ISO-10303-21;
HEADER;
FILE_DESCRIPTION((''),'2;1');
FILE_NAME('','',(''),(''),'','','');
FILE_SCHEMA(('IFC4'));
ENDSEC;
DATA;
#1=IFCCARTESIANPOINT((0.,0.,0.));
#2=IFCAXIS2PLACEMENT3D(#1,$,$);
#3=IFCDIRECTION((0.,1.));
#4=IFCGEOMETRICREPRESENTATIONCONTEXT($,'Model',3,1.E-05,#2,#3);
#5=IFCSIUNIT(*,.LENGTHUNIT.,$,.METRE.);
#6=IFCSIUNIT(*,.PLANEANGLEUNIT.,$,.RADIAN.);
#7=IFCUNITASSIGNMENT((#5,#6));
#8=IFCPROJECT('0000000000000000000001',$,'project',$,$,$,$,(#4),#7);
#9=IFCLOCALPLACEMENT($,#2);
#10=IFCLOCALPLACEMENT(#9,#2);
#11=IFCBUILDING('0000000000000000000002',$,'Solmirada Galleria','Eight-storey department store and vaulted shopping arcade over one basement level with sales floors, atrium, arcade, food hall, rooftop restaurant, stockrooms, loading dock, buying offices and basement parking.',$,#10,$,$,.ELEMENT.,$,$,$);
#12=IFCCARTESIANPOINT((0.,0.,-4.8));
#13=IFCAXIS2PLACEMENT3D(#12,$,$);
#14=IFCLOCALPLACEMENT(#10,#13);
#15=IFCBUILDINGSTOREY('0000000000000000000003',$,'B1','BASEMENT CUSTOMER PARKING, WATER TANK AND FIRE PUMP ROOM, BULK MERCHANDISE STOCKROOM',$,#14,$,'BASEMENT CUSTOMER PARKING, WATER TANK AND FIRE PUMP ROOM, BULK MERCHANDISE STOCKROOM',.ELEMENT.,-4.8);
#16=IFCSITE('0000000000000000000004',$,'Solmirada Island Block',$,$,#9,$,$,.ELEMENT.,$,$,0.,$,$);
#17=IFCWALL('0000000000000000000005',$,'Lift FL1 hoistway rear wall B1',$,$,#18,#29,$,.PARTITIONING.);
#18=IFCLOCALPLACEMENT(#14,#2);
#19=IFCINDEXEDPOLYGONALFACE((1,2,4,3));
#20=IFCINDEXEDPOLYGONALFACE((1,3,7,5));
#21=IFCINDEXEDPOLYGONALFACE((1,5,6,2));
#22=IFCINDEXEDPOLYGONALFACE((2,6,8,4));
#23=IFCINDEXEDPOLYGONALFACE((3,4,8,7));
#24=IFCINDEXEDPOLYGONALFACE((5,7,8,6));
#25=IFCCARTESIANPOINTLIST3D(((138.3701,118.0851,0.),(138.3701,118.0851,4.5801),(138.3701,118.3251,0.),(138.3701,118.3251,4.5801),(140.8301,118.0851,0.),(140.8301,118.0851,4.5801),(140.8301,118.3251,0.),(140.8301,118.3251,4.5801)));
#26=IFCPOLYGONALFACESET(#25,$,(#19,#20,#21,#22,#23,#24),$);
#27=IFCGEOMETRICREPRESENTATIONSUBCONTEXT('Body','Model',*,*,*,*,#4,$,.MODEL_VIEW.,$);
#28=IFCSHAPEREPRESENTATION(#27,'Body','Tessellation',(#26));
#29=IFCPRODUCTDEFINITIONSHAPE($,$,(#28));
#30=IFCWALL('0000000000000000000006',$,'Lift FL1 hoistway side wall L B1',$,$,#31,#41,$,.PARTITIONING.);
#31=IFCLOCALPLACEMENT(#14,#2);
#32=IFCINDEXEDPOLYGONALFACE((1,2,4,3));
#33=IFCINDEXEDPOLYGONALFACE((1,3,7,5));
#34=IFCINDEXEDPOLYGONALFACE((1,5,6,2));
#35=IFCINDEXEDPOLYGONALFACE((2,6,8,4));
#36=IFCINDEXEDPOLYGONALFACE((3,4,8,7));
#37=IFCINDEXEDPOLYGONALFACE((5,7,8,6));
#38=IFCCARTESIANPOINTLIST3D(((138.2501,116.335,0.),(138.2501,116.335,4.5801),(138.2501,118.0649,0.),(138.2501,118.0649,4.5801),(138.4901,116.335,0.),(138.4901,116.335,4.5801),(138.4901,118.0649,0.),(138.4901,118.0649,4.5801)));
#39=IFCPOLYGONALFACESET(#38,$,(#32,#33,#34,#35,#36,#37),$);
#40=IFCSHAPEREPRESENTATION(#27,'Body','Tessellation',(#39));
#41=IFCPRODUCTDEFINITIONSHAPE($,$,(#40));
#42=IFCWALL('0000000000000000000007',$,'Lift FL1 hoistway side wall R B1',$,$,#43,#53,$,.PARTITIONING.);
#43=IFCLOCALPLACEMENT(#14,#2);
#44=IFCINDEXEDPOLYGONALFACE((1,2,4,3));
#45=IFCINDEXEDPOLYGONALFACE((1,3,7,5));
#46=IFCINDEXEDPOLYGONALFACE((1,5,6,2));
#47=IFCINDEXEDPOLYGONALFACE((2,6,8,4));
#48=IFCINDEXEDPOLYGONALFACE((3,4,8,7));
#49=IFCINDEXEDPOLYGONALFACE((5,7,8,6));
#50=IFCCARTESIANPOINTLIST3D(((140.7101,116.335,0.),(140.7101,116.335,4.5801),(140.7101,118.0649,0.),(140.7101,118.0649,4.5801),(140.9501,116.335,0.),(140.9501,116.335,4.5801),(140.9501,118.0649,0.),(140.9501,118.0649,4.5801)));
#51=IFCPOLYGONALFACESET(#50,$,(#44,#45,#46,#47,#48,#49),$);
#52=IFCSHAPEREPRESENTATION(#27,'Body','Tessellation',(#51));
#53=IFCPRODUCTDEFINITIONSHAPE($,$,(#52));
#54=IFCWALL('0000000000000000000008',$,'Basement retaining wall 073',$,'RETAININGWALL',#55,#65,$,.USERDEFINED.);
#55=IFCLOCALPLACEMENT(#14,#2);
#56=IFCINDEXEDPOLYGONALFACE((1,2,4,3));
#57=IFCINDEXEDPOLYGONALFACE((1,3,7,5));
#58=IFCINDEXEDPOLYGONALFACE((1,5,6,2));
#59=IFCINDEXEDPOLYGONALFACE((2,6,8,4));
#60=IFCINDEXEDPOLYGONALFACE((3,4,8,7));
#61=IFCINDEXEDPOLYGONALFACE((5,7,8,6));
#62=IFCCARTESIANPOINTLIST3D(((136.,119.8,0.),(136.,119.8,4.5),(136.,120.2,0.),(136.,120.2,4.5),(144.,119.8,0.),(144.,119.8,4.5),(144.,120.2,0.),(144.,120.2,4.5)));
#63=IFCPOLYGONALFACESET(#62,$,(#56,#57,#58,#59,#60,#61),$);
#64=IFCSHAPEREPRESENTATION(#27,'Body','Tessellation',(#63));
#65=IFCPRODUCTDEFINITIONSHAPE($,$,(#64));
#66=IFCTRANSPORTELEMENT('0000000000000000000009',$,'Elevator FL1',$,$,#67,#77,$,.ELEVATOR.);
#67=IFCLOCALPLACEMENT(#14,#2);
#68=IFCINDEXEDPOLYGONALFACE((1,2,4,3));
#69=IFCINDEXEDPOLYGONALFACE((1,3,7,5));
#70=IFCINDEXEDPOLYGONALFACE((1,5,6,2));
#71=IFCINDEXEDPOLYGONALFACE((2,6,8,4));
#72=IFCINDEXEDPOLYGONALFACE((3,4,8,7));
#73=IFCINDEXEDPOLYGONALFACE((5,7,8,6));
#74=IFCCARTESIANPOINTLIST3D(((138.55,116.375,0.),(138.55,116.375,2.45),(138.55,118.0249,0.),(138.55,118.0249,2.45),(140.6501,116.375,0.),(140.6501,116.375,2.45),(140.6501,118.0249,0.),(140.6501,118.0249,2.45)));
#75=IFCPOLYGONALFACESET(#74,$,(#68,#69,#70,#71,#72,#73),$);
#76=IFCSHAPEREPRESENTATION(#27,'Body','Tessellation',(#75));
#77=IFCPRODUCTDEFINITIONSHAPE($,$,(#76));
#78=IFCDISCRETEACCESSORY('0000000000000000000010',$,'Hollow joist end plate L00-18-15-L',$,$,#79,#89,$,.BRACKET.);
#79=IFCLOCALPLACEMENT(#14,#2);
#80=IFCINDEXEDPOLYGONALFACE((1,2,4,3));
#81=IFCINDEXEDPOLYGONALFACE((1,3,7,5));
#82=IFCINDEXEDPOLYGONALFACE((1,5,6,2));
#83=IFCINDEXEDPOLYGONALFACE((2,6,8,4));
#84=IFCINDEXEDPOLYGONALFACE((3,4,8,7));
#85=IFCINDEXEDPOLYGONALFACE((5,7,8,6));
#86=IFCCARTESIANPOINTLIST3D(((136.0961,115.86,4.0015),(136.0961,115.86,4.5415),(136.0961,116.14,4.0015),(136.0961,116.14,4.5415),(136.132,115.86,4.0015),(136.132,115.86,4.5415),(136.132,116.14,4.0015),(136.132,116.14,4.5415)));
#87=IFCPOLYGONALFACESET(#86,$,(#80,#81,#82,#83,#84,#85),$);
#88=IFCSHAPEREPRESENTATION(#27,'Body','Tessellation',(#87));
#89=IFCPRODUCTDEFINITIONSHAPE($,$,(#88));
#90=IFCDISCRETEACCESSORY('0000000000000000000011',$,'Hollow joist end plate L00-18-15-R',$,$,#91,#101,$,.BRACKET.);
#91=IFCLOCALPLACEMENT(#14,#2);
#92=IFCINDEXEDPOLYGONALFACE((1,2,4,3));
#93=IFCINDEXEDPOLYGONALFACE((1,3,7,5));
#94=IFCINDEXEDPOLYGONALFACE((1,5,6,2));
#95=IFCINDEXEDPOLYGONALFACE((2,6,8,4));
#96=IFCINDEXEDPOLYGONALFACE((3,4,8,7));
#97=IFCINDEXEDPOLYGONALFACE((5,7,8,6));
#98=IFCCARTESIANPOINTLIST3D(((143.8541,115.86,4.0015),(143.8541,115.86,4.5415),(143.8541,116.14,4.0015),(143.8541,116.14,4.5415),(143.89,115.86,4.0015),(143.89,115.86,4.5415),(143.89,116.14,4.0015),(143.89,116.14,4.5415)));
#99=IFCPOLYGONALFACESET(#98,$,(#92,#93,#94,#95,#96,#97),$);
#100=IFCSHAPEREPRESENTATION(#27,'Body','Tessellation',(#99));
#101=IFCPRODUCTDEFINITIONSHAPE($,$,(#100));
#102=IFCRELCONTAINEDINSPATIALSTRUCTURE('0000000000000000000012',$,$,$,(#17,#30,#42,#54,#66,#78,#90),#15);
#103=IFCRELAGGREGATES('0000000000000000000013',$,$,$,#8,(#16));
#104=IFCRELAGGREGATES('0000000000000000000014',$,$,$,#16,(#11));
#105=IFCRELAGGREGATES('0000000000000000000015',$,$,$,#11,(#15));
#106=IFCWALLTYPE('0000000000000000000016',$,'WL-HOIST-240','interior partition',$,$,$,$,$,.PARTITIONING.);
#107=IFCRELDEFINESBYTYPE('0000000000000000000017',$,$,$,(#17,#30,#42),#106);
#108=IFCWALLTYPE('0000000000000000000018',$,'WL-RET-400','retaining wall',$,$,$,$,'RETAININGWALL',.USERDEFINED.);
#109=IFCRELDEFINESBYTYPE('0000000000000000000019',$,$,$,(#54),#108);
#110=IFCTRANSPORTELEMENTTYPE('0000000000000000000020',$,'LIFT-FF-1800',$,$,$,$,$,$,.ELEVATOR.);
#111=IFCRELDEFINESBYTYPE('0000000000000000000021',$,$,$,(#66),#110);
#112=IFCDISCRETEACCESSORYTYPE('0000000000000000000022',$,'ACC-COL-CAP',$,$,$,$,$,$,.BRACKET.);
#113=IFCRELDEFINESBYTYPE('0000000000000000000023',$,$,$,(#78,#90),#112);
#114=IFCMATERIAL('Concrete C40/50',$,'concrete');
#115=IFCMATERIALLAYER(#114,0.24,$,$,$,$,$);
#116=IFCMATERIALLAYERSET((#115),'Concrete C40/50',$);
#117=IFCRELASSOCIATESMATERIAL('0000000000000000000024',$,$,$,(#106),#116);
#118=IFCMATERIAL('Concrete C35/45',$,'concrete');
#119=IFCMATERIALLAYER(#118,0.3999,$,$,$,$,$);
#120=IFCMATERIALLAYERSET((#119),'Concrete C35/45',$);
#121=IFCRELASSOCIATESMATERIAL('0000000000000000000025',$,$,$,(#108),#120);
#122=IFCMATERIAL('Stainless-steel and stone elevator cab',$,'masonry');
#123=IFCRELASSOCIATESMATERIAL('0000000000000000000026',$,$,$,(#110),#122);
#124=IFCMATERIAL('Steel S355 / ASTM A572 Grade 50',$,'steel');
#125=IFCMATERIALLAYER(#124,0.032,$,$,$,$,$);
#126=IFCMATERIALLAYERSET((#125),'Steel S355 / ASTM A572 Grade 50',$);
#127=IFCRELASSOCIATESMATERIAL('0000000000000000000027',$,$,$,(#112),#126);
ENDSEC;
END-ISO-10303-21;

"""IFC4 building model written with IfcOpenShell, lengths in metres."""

from ifc_helpers import new_model, si_unit, direction, frame, frame_2d, origin, origin_2d, place, context, subcontext, project, spatial, rectangle, extrude, material, layer, layer_set, type_object, element, save


model = new_model("IFC4")

# Units and contexts
model_context = context("Model", 3, precision=1e-05, world=origin(), true_north=direction((0.0, 1.0)))
body_context = subcontext(model_context, "Body", "Model", "MODEL_VIEW")
ifc_project = project(units=[si_unit("LENGTHUNIT", "METRE"), si_unit("PLANEANGLEUNIT", "RADIAN")], contexts=[model_context])

# Site, building, storey
site_placement = place(None, origin())
site = spatial("IfcSite", under=ifc_project, at=site_placement, Name="Solmirada Island Block", CompositionType="ELEMENT", RefElevation=0.0)
building_placement = place(site_placement, origin())
building = spatial("IfcBuilding", under=site, at=building_placement, Name="Solmirada Galleria", Description="Eight-storey department store and vaulted shopping arcade over one basement level with sales floors, atrium, arcade, food hall, rooftop restaurant, stockrooms, loading dock, buying offices and basement parking.", CompositionType="ELEMENT")
storey_placement = place(building_placement, frame((0.0, 0.0, -4.8)))
storey = spatial("IfcBuildingStorey", under=building, at=storey_placement, Name="B1", Description="BASEMENT CUSTOMER PARKING, WATER TANK AND FIRE PUMP ROOM, BULK MERCHANDISE STOCKROOM", LongName="BASEMENT CUSTOMER PARKING, WATER TANK AND FIRE PUMP ROOM, BULK MERCHANDISE STOCKROOM", CompositionType="ELEMENT", Elevation=-4.8)

# Shared definitions
ifc_material_1 = material(Name="Concrete C40/50", Category="concrete")

# Shared definitions
ifc_layer_1 = layer(ifc_material_1, 0.24)
ifc_layer_set_1 = layer_set([ifc_layer_1], Name="Concrete C40/50")
wall_type_1 = type_object("IfcWallType", Name="WL-HOIST-240", Description="interior partition", PredefinedType="PARTITIONING", material=ifc_layer_set_1)

# Walls
wall_1_placement = place(storey_placement, frame((138.3701, 118.2051, 0.0), z_axis=(0.0, 0.0, 1.0), x_axis=(1.0, 0.0, 0.0)))
element("IfcWall", 1, at=wall_1_placement, inside=storey, type_object=wall_type_1, Name="Lift FL1 hoistway rear wall B1", PredefinedType="PARTITIONING", context=body_context, shape_type="SweptSolid", body=[
    extrude(rectangle(XDim=2.46, YDim=0.24, at=frame_2d((1.23, 0.0))), origin(), (0.0, 0.0, 1.0), 4.5801),
])
for number, where, z_axis, x_axis, name in (
    (2, (138.3701, 116.335, 0.0), (0.0, 0.0, 1.0), (0.0, 1.0, 0.0), "Lift FL1 hoistway side wall L B1"),
    (3, (140.8301, 116.335, 0.0), (0.0, 0.0, 1.0), (0.0, 1.0, 0.0), "Lift FL1 hoistway side wall R B1"),
):
    element("IfcWall", number, at=place(storey_placement, frame(where, z_axis=z_axis, x_axis=x_axis)), inside=storey, type_object=wall_type_1, Name=name, PredefinedType="PARTITIONING", context=body_context, shape_type="SweptSolid", body=[
        extrude(rectangle(XDim=1.73, YDim=0.24, at=frame_2d((0.865, 0.0))), origin(), (0.0, 0.0, 1.0), 4.5801),
    ])
ifc_material_2 = material(Name="Concrete C35/45", Category="concrete")
ifc_layer_2 = layer(ifc_material_2, 0.3999)
ifc_layer_set_2 = layer_set([ifc_layer_2], Name="Concrete C35/45")
wall_type_2 = type_object("IfcWallType", Name="WL-RET-400", Description="retaining wall", ElementType="RETAININGWALL", PredefinedType="USERDEFINED", material=ifc_layer_set_2)
wall_2_placement = place(storey_placement, frame((136.0, 120.0, 0.0), z_axis=(0.0, 0.0, 1.0), x_axis=(1.0, 0.0, 0.0)))
element("IfcWall", 4, at=wall_2_placement, inside=storey, type_object=wall_type_2, Name="Basement retaining wall 073", ObjectType="RETAININGWALL", PredefinedType="USERDEFINED", context=body_context, shape_type="SweptSolid", body=[
    extrude(rectangle(XDim=8.0, YDim=0.3999, at=frame_2d((4.0, 0.0))), origin(), (0.0, 0.0, 1.0), 4.5),
])

# Transport element
ifc_material_3 = material(Name="Stainless-steel and stone elevator cab", Category="masonry")
transport_element_type = type_object("IfcTransportElementType", Name="LIFT-FF-1800", PredefinedType="ELEVATOR", material=ifc_material_3)
transport_element_placement = place(storey_placement, frame((139.6001, 117.2, 0.0), z_axis=(0.0, 0.0, 1.0), x_axis=(1.0, 0.0, 0.0)))
element("IfcTransportElement", 5, at=transport_element_placement, inside=storey, type_object=transport_element_type, Name="Elevator FL1", PredefinedType="ELEVATOR", context=body_context, shape_type="SweptSolid", body=[
    extrude(rectangle(XDim=2.1001, YDim=1.6499, at=origin_2d()), origin(), (0.0, 0.0, 1.0), 2.45),
])

# Discrete accessories
ifc_material_4 = material(Name="Steel S355 / ASTM A572 Grade 50", Category="steel")
ifc_layer_3 = layer(ifc_material_4, 0.032)
ifc_layer_set_3 = layer_set([ifc_layer_3], Name="Steel S355 / ASTM A572 Grade 50")
discrete_accessory_type = type_object("IfcDiscreteAccessoryType", Name="ACC-COL-CAP", PredefinedType="BRACKET", material=ifc_layer_set_3)
for number, where, z_axis, x_axis, name in (
    (6, (136.114, 116.0, 4.0015), (0.0, 0.0, 1.0), (1.0, 0.0, 0.0), "Hollow joist end plate L00-18-15-L"),
    (7, (143.8721, 116.0, 4.0015), (0.0, 0.0, 1.0), (1.0, 0.0, 0.0), "Hollow joist end plate L00-18-15-R"),
):
    element("IfcDiscreteAccessory", number, at=place(storey_placement, frame(where, z_axis=z_axis, x_axis=x_axis)), inside=storey, type_object=discrete_accessory_type, Name=name, PredefinedType="BRACKET", context=body_context, shape_type="SweptSolid", body=[
        extrude(rectangle(XDim=0.0359, YDim=0.28, at=origin_2d()), origin(), (0.0, 0.0, 1.0), 0.54),
    ])

save(model, "model.ifc")
